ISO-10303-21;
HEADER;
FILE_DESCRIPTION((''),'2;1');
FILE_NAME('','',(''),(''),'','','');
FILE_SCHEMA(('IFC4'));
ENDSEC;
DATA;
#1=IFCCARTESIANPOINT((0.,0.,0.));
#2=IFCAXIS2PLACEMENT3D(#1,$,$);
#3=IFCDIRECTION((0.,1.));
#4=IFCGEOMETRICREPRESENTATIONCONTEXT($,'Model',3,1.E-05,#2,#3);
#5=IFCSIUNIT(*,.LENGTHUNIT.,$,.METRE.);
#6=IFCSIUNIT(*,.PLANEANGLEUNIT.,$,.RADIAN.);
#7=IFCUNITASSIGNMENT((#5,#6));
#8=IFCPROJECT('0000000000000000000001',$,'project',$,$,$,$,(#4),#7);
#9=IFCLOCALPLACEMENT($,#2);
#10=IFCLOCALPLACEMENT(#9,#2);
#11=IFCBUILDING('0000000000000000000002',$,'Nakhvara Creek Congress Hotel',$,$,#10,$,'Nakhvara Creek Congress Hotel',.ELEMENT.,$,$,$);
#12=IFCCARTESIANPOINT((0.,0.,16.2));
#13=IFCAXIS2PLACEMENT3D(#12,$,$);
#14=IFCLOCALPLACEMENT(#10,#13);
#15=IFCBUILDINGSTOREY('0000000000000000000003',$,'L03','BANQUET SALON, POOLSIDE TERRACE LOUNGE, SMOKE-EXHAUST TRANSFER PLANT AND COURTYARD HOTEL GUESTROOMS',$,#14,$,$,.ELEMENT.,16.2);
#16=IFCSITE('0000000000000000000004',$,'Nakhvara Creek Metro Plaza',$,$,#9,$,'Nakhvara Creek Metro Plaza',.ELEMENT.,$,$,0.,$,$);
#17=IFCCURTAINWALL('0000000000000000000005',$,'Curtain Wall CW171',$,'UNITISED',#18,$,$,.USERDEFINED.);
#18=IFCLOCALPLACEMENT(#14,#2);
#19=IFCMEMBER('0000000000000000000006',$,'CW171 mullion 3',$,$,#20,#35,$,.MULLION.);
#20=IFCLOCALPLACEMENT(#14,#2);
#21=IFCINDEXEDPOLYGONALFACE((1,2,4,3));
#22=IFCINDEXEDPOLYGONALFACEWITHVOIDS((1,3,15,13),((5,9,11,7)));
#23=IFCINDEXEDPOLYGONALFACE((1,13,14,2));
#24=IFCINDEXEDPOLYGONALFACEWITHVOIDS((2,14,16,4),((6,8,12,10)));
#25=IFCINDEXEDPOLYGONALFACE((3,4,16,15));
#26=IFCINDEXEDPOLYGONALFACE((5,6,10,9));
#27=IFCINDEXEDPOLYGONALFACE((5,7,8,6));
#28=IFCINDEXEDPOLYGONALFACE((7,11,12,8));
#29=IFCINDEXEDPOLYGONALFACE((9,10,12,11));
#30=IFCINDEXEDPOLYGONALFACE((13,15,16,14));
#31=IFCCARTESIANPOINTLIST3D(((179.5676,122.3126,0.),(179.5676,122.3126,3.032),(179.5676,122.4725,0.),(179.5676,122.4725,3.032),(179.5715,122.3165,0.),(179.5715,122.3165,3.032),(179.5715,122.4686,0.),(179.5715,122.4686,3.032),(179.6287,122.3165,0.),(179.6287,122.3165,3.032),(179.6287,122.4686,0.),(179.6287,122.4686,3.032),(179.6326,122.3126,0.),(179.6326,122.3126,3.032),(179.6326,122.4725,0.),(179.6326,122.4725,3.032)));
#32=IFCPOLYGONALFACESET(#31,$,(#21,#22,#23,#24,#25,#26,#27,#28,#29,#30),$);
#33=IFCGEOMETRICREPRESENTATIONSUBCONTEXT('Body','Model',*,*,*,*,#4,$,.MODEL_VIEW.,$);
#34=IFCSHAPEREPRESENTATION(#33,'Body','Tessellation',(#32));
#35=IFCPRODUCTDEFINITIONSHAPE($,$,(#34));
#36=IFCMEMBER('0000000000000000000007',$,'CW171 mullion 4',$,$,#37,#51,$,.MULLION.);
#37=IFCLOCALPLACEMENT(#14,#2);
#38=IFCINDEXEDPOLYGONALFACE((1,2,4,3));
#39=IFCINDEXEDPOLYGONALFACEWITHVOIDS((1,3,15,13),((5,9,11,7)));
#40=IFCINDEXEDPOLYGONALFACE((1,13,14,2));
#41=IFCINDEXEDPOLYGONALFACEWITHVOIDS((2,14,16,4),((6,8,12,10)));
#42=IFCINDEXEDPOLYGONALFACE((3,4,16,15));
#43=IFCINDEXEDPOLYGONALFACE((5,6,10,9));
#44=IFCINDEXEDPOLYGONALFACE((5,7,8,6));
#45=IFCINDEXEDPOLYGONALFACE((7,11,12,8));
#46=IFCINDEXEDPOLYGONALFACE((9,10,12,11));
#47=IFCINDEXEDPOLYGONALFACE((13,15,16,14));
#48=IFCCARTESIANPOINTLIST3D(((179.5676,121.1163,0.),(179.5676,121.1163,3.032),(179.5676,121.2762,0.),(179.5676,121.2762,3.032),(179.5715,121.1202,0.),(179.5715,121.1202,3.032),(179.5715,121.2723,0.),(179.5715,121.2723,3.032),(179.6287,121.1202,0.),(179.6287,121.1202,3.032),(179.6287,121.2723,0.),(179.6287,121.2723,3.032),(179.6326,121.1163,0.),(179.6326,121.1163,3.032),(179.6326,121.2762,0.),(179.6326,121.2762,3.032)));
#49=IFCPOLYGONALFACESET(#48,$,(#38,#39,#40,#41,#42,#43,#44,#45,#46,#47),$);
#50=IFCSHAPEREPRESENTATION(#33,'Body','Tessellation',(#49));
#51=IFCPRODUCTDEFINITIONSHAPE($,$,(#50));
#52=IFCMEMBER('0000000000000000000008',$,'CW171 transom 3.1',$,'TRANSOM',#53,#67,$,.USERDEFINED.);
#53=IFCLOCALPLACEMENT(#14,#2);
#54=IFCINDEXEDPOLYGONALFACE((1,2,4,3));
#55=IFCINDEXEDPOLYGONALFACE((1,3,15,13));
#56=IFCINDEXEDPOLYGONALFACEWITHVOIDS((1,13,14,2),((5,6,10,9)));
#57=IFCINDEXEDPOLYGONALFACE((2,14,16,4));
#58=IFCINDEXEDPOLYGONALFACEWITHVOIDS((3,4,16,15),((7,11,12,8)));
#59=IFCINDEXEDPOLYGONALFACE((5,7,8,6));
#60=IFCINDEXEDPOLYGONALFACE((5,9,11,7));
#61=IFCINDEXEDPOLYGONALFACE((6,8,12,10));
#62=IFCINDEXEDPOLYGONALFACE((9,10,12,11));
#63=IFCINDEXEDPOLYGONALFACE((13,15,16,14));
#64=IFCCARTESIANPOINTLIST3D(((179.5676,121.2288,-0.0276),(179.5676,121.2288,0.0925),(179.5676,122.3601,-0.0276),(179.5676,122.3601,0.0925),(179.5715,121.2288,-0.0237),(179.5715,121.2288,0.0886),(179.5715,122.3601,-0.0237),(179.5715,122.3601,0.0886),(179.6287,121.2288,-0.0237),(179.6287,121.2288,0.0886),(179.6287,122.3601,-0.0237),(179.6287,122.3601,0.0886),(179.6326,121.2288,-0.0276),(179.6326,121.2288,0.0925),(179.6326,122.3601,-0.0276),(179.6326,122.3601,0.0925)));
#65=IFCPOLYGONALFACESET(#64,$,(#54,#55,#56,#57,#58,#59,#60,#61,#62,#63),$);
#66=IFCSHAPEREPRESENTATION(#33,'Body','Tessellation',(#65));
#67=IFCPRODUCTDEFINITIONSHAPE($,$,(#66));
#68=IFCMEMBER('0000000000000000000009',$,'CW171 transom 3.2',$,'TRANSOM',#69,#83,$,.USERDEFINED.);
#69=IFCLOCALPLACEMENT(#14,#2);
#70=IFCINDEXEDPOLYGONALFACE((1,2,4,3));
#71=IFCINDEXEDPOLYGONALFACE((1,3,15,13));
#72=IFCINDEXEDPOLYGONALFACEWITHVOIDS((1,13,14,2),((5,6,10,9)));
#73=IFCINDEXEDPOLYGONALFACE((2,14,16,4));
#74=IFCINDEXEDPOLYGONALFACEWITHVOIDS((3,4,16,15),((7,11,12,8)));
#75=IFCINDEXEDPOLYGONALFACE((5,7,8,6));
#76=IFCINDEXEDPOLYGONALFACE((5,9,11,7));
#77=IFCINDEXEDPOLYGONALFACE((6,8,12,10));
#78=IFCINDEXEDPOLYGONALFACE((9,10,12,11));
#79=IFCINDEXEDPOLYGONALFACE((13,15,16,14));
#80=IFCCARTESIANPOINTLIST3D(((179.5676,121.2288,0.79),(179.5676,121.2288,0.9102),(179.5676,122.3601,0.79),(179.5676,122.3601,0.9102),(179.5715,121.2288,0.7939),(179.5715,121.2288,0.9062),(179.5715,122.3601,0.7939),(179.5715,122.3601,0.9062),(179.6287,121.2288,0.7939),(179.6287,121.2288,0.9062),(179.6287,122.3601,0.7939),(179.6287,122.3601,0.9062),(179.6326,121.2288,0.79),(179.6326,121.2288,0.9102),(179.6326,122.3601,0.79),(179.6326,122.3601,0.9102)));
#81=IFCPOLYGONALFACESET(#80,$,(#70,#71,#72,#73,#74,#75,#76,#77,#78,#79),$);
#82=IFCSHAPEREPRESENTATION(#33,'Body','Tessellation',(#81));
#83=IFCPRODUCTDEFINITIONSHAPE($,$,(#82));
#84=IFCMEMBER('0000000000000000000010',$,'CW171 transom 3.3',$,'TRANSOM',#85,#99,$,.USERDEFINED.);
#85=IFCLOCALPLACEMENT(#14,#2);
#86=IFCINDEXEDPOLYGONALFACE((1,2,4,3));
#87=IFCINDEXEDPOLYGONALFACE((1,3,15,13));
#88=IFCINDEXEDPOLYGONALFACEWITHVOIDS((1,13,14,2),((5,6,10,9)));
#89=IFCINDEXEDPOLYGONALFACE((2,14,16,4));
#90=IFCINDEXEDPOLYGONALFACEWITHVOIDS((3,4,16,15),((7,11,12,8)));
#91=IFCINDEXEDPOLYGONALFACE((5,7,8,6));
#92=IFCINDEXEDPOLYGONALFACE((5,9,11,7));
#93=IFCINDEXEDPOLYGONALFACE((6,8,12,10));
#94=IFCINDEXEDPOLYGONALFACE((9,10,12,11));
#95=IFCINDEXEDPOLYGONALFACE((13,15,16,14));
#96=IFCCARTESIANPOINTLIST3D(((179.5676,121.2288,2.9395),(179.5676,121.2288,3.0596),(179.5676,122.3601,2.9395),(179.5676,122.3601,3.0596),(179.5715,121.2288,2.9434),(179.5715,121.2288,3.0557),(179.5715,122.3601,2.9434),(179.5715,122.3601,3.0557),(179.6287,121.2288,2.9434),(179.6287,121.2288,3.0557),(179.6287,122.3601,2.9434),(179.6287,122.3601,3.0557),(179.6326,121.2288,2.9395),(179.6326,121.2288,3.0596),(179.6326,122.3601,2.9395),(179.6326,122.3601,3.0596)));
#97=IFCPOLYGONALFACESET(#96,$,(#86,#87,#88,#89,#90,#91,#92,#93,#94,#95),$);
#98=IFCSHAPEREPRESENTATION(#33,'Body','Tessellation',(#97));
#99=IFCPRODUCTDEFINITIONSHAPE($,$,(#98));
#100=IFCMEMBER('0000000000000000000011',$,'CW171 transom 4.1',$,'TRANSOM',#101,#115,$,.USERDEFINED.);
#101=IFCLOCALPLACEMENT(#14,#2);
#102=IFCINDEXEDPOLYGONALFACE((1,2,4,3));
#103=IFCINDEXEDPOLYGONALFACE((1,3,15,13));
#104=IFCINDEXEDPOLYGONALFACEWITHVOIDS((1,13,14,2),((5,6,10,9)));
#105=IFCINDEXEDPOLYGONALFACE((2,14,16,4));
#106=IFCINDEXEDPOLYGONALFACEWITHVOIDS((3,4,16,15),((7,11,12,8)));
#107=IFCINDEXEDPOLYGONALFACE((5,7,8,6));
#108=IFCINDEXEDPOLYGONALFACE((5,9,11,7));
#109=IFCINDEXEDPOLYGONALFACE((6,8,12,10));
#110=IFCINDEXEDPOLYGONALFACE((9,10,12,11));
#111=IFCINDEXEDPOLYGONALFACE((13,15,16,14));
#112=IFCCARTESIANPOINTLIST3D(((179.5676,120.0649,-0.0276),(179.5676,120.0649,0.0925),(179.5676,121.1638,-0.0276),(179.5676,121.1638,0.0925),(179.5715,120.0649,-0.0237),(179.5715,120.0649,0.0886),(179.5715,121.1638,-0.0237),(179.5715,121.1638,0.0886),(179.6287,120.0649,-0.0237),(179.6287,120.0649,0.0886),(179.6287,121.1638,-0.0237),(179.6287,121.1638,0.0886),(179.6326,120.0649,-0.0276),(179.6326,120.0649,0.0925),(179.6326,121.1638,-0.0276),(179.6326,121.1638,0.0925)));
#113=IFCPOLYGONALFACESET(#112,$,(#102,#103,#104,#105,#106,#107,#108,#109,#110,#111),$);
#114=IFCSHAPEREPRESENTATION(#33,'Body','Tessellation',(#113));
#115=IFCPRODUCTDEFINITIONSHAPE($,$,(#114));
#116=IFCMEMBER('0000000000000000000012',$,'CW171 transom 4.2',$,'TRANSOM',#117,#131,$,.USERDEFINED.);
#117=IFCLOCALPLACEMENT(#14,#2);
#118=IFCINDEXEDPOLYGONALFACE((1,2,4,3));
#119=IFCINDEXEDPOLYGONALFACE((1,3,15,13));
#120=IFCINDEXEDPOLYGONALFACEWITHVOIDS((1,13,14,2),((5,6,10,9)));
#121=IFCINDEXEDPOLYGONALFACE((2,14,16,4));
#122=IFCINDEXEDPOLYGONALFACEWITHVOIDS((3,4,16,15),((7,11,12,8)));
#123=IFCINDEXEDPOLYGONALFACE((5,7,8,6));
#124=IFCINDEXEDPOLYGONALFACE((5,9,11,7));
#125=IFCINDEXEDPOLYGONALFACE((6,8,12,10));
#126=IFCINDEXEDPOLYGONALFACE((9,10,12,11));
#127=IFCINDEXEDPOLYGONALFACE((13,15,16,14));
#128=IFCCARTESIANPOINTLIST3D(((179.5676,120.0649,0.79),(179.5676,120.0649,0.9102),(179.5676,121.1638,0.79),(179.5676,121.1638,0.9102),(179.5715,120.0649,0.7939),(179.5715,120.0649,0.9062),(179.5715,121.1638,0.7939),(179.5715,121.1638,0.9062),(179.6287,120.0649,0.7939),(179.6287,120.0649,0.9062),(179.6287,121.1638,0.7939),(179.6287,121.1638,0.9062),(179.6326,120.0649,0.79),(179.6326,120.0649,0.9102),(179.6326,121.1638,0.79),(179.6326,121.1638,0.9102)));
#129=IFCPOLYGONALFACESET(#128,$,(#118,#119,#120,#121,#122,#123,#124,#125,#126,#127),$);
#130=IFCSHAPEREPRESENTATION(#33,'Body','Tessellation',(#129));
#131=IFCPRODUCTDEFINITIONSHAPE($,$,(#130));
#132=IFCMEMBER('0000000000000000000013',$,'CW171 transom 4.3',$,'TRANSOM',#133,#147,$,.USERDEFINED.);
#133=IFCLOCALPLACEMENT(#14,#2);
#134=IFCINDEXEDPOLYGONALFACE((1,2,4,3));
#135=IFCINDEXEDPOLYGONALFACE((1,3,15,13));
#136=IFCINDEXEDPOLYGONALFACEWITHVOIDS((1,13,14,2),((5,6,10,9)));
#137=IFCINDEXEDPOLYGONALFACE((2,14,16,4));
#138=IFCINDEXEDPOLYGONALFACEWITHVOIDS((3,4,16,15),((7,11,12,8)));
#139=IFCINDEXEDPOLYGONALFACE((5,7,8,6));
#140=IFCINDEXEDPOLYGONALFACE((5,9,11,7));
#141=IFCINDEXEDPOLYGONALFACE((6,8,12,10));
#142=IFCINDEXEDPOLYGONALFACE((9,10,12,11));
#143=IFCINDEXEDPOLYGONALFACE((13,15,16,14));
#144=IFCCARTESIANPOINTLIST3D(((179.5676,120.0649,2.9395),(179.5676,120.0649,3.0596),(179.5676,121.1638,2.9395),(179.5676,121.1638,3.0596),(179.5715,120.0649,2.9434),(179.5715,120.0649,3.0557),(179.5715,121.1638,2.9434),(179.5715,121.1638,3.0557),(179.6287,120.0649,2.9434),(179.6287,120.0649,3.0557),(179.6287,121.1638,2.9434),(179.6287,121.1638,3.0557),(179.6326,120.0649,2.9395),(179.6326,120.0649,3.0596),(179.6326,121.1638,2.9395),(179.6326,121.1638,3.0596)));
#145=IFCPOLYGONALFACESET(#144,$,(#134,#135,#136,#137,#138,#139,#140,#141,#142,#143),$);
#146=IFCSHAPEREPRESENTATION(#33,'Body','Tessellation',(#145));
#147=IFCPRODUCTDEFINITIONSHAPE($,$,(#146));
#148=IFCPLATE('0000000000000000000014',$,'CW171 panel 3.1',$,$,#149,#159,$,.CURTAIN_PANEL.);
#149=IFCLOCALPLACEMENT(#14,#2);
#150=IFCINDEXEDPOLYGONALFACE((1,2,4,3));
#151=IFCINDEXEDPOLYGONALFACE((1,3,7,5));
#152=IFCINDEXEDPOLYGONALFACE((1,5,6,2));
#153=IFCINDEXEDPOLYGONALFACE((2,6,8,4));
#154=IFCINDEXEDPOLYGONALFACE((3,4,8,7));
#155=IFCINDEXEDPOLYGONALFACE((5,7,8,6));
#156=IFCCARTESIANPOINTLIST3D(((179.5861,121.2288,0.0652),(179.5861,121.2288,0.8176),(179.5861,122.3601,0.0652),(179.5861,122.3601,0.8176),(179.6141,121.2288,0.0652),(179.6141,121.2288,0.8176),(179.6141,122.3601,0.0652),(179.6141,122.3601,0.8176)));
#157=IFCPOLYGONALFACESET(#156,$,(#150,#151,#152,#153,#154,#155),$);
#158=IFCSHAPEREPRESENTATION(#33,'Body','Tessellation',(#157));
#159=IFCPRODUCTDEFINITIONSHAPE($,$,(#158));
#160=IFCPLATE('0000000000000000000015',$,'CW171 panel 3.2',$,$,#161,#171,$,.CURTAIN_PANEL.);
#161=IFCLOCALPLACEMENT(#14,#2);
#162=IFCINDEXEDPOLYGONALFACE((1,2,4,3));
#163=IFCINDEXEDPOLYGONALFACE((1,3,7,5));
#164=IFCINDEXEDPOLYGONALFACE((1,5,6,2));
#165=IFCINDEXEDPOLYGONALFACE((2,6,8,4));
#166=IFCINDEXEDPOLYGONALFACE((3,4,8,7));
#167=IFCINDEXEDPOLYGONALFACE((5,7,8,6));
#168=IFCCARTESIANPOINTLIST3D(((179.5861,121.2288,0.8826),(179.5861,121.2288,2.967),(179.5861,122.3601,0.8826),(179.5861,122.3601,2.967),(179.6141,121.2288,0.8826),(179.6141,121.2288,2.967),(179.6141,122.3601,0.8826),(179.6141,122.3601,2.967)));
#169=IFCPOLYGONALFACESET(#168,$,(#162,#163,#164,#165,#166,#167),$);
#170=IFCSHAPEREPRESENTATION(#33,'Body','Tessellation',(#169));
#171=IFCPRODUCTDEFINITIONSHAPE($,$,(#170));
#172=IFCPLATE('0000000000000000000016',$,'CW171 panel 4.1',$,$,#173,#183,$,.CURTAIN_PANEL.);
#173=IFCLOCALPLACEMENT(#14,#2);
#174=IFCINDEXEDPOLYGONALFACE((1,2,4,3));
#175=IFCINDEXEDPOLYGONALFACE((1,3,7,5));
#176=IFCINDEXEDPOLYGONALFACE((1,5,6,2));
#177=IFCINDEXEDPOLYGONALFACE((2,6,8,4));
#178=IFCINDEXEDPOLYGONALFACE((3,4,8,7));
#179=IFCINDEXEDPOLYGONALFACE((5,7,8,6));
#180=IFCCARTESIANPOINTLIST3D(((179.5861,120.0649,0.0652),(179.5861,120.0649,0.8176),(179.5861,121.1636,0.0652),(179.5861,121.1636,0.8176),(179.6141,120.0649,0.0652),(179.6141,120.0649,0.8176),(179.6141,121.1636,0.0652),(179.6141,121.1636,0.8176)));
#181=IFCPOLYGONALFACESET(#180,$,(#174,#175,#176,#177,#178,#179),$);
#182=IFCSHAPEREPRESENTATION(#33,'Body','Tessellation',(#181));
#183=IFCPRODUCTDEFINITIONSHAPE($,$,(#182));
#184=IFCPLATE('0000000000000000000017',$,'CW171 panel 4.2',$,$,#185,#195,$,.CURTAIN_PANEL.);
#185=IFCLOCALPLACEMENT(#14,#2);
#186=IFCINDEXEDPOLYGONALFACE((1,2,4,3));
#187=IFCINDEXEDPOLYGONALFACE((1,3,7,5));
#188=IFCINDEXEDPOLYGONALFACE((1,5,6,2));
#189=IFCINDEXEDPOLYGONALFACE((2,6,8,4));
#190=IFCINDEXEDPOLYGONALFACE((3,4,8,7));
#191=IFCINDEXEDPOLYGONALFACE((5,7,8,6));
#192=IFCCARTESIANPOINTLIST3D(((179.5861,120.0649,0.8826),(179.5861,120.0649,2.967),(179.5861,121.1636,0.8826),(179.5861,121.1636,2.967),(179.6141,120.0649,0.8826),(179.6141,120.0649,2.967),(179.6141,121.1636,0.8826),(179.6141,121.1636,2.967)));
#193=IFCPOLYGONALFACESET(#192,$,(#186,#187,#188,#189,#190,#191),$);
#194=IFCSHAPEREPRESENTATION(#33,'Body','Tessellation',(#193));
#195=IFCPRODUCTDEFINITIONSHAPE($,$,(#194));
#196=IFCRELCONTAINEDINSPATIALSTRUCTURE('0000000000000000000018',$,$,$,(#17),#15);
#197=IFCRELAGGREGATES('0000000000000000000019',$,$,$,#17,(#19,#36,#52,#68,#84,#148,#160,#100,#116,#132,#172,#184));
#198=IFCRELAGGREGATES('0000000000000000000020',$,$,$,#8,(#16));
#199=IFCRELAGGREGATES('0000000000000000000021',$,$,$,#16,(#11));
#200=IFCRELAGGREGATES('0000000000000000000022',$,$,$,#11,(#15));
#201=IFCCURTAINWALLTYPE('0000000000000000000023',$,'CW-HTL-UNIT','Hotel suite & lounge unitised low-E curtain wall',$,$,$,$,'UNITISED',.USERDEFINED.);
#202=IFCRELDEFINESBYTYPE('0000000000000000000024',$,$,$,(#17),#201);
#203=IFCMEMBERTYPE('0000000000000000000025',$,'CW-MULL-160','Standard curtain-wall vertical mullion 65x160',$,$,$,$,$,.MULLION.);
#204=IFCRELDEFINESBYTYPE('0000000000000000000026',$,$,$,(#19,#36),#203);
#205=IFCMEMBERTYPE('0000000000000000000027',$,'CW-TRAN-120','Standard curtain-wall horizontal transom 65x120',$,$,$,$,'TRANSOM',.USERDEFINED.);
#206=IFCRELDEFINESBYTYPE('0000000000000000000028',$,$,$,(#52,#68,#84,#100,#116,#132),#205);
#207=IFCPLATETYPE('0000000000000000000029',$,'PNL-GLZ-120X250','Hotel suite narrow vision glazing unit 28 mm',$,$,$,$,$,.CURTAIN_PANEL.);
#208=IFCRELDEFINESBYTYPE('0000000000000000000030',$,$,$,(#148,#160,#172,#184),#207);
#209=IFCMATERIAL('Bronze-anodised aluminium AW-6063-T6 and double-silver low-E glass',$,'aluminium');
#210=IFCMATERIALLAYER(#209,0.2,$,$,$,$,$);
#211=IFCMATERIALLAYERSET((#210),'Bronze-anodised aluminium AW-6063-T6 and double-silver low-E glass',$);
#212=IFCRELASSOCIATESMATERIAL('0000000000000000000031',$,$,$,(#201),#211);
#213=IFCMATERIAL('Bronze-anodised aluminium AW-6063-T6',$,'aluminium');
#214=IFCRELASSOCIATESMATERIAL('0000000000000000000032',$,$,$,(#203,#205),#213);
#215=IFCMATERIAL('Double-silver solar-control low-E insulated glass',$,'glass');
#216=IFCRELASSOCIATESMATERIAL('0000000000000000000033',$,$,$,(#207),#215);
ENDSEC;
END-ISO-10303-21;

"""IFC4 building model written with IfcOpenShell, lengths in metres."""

from ifc_helpers import new_model, si_unit, direction, frame, origin, origin_2d, place, context, subcontext, project, spatial, rectangle, hollow_rectangle, extrude, material, layer, layer_set, material_profile, profile_set, type_object, element, aggregate, save


model = new_model("IFC4")

# Units and contexts
model_context = context("Model", 3, precision=1e-05, world=origin(), true_north=direction((0.0, 1.0)))
body_context = subcontext(model_context, "Body", "Model", "MODEL_VIEW")
ifc_project = project(units=[si_unit("LENGTHUNIT", "METRE"), si_unit("PLANEANGLEUNIT", "RADIAN")], contexts=[model_context])

# Site, building, storey
site_placement = place(None, origin())
site = spatial("IfcSite", under=ifc_project, at=site_placement, Name="Nakhvara Creek Metro Plaza", LongName="Nakhvara Creek Metro Plaza", CompositionType="ELEMENT", RefElevation=0.0)
building_placement = place(site_placement, origin())
building = spatial("IfcBuilding", under=site, at=building_placement, Name="Nakhvara Creek Congress Hotel", LongName="Nakhvara Creek Congress Hotel", CompositionType="ELEMENT")
storey_placement = place(building_placement, frame((0.0, 0.0, 16.2)))
storey = spatial("IfcBuildingStorey", under=building, at=storey_placement, Name="L03", Description="BANQUET SALON, POOLSIDE TERRACE LOUNGE, SMOKE-EXHAUST TRANSFER PLANT AND COURTYARD HOTEL GUESTROOMS", CompositionType="ELEMENT", Elevation=16.2)

# Curtain wall, members, plates
ifc_material_1 = material(Name="Bronze-anodised aluminium AW-6063-T6 and double-silver low-E glass", Category="aluminium")
ifc_layer_1 = layer(ifc_material_1, 0.2)
ifc_layer_set_1 = layer_set([ifc_layer_1], Name="Bronze-anodised aluminium AW-6063-T6 and double-silver low-E glass")
curtain_wall_type = type_object("IfcCurtainWallType", Name="CW-HTL-UNIT", Description="Hotel suite & lounge unitised low-E curtain wall", ElementType="UNITISED", PredefinedType="USERDEFINED", material=ifc_layer_set_1)
curtain_wall_placement = place(storey_placement, origin())
curtain_wall = element("IfcCurtainWall", 1, at=curtain_wall_placement, inside=storey, type_object=curtain_wall_type, Name="Curtain Wall CW171", ObjectType="UNITISED", PredefinedType="USERDEFINED")
ifc_material_2 = material(Name="Bronze-anodised aluminium AW-6063-T6", Category="aluminium")
ifc_material_profile_1 = material_profile(ifc_material_2, hollow_rectangle(XDim=0.0649, YDim=0.1599, WallThickness=0.0039, at=origin_2d()), Name="ALU-MULL 65x160x4", Category="LoadBearing")
ifc_profile_set_1 = profile_set([ifc_material_profile_1], Name="Bronze-anodised aluminium AW-6063-T6")
member_type_1 = type_object("IfcMemberType", Name="CW-MULL-160", Description="Standard curtain-wall vertical mullion 65x160", PredefinedType="MULLION", material=ifc_profile_set_1)
member_1_placement = place(storey_placement, frame((179.6001, 122.3926, 0.0), z_axis=(0.0, 0.0, 1.0), x_axis=(1.0, 0.0, 0.0)))
member_1 = element("IfcMember", 2, at=member_1_placement, type_object=member_type_1, Name="CW171 mullion 3", PredefinedType="MULLION", context=body_context, shape_type="SweptSolid", body=[
    extrude(hollow_rectangle(XDim=0.0649, YDim=0.1599, WallThickness=0.0039, at=origin_2d()), origin(), (0.0, 0.0, 1.0), 3.032),
])
member_2_placement = place(storey_placement, frame((179.6001, 121.1963, 0.0), z_axis=(0.0, 0.0, 1.0), x_axis=(1.0, 0.0, 0.0)))
member_2 = element("IfcMember", 3, at=member_2_placement, type_object=member_type_1, Name="CW171 mullion 4", PredefinedType="MULLION", context=body_context, shape_type="SweptSolid", body=[
    extrude(hollow_rectangle(XDim=0.0649, YDim=0.1599, WallThickness=0.0039, at=origin_2d()), origin(), (0.0, 0.0, 1.0), 3.032),
])
ifc_material_profile_2 = material_profile(ifc_material_2, hollow_rectangle(XDim=0.0649, YDim=0.1201, WallThickness=0.0039, at=origin_2d()), Name="ALU-TRAN 65x120x4", Category="LoadBearing")
ifc_profile_set_2 = profile_set([ifc_material_profile_2], Name="Bronze-anodised aluminium AW-6063-T6")
member_type_2 = type_object("IfcMemberType", Name="CW-TRAN-120", Description="Standard curtain-wall horizontal transom 65x120", ElementType="TRANSOM", PredefinedType="USERDEFINED", material=ifc_profile_set_2)
member_3_placement = place(storey_placement, frame((179.6001, 122.3601, 0.0325), z_axis=(0.0, -1.0, 0.0), x_axis=(1.0, 0.0, 0.0)))
member_3 = element("IfcMember", 4, at=member_3_placement, type_object=member_type_2, Name="CW171 transom 3.1", ObjectType="TRANSOM", PredefinedType="USERDEFINED", context=body_context, shape_type="SweptSolid", body=[
    extrude(hollow_rectangle(XDim=0.0649, YDim=0.1201, WallThickness=0.0039, at=origin_2d()), origin(), (0.0, 0.0, 1.0), 1.1313),
])
member_4_placement = place(storey_placement, frame((179.6001, 122.3601, 0.8501), z_axis=(0.0, -1.0, 0.0), x_axis=(1.0, 0.0, 0.0)))
member_4 = element("IfcMember", 5, at=member_4_placement, type_object=member_type_2, Name="CW171 transom 3.2", ObjectType="TRANSOM", PredefinedType="USERDEFINED", context=body_context, shape_type="SweptSolid", body=[
    extrude(hollow_rectangle(XDim=0.0649, YDim=0.1201, WallThickness=0.0039, at=origin_2d()), origin(), (0.0, 0.0, 1.0), 1.1313),
])
member_5_placement = place(storey_placement, frame((179.6001, 122.3601, 2.9995), z_axis=(0.0, -1.0, 0.0), x_axis=(1.0, 0.0, 0.0)))
member_5 = element("IfcMember", 6, at=member_5_placement, type_object=member_type_2, Name="CW171 transom 3.3", ObjectType="TRANSOM", PredefinedType="USERDEFINED", context=body_context, shape_type="SweptSolid", body=[
    extrude(hollow_rectangle(XDim=0.0649, YDim=0.1201, WallThickness=0.0039, at=origin_2d()), origin(), (0.0, 0.0, 1.0), 1.1313),
])
member_6_placement = place(storey_placement, frame((179.6001, 121.1638, 0.0325), z_axis=(0.0, -1.0, 0.0), x_axis=(1.0, 0.0, 0.0)))
member_6 = element("IfcMember", 7, at=member_6_placement, type_object=member_type_2, Name="CW171 transom 4.1", ObjectType="TRANSOM", PredefinedType="USERDEFINED", context=body_context, shape_type="SweptSolid", body=[
    extrude(hollow_rectangle(XDim=0.0649, YDim=0.1201, WallThickness=0.0039, at=origin_2d()), origin(), (0.0, 0.0, 1.0), 1.0989),
])
member_7_placement = place(storey_placement, frame((179.6001, 121.1638, 0.8501), z_axis=(0.0, -1.0, 0.0), x_axis=(1.0, 0.0, 0.0)))
member_7 = element("IfcMember", 8, at=member_7_placement, type_object=member_type_2, Name="CW171 transom 4.2", ObjectType="TRANSOM", PredefinedType="USERDEFINED", context=body_context, shape_type="SweptSolid", body=[
    extrude(hollow_rectangle(XDim=0.0649, YDim=0.1201, WallThickness=0.0039, at=origin_2d()), origin(), (0.0, 0.0, 1.0), 1.0989),
])
member_8_placement = place(storey_placement, frame((179.6001, 121.1638, 2.9995), z_axis=(0.0, -1.0, 0.0), x_axis=(1.0, 0.0, 0.0)))
member_8 = element("IfcMember", 9, at=member_8_placement, type_object=member_type_2, Name="CW171 transom 4.3", ObjectType="TRANSOM", PredefinedType="USERDEFINED", context=body_context, shape_type="SweptSolid", body=[
    extrude(hollow_rectangle(XDim=0.0649, YDim=0.1201, WallThickness=0.0039, at=origin_2d()), origin(), (0.0, 0.0, 1.0), 1.0989),
])
ifc_material_3 = material(Name="Double-silver solar-control low-E insulated glass", Category="glass")
plate_type = type_object("IfcPlateType", Name="PNL-GLZ-120X250", Description="Hotel suite narrow vision glazing unit 28 mm", PredefinedType="CURTAIN_PANEL", material=ifc_material_3)
plate_1_placement = place(storey_placement, frame((179.6001, 121.7944, 0.0652), z_axis=(0.0, 0.0, 1.0), x_axis=(0.0, -1.0, 0.0)))
plate_1 = element("IfcPlate", 10, at=plate_1_placement, type_object=plate_type, Name="CW171 panel 3.1", PredefinedType="CURTAIN_PANEL", context=body_context, shape_type="SweptSolid", body=[
    extrude(rectangle(XDim=1.1313, YDim=0.0281, at=origin_2d()), origin(), (0.0, 0.0, 1.0), 0.7524),
])
plate_2_placement = place(storey_placement, frame((179.6001, 121.7944, 0.8826), z_axis=(0.0, 0.0, 1.0), x_axis=(0.0, -1.0, 0.0)))
plate_2 = element("IfcPlate", 11, at=plate_2_placement, type_object=plate_type, Name="CW171 panel 3.2", PredefinedType="CURTAIN_PANEL", context=body_context, shape_type="SweptSolid", body=[
    extrude(rectangle(XDim=1.1313, YDim=0.0281, at=origin_2d()), origin(), (0.0, 0.0, 1.0), 2.0845),
])
plate_3_placement = place(storey_placement, frame((179.6001, 120.6143, 0.0652), z_axis=(0.0, 0.0, 1.0), x_axis=(0.0, -1.0, 0.0)))
plate_3 = element("IfcPlate", 12, at=plate_3_placement, type_object=plate_type, Name="CW171 panel 4.1", PredefinedType="CURTAIN_PANEL", context=body_context, shape_type="SweptSolid", body=[
    extrude(rectangle(XDim=1.0986, YDim=0.0281, at=origin_2d()), origin(), (0.0, 0.0, 1.0), 0.7524),
])
plate_4_placement = place(storey_placement, frame((179.6001, 120.6143, 0.8826), z_axis=(0.0, 0.0, 1.0), x_axis=(0.0, -1.0, 0.0)))
plate_4 = element("IfcPlate", 13, at=plate_4_placement, type_object=plate_type, Name="CW171 panel 4.2", PredefinedType="CURTAIN_PANEL", context=body_context, shape_type="SweptSolid", body=[
    extrude(rectangle(XDim=1.0986, YDim=0.0281, at=origin_2d()), origin(), (0.0, 0.0, 1.0), 2.0845),
])
aggregate(curtain_wall, [member_1, member_2, member_3, member_4, member_5, plate_1, plate_2, member_6, member_7, member_8, plate_3, plate_4])

save(model, "model.ifc")
